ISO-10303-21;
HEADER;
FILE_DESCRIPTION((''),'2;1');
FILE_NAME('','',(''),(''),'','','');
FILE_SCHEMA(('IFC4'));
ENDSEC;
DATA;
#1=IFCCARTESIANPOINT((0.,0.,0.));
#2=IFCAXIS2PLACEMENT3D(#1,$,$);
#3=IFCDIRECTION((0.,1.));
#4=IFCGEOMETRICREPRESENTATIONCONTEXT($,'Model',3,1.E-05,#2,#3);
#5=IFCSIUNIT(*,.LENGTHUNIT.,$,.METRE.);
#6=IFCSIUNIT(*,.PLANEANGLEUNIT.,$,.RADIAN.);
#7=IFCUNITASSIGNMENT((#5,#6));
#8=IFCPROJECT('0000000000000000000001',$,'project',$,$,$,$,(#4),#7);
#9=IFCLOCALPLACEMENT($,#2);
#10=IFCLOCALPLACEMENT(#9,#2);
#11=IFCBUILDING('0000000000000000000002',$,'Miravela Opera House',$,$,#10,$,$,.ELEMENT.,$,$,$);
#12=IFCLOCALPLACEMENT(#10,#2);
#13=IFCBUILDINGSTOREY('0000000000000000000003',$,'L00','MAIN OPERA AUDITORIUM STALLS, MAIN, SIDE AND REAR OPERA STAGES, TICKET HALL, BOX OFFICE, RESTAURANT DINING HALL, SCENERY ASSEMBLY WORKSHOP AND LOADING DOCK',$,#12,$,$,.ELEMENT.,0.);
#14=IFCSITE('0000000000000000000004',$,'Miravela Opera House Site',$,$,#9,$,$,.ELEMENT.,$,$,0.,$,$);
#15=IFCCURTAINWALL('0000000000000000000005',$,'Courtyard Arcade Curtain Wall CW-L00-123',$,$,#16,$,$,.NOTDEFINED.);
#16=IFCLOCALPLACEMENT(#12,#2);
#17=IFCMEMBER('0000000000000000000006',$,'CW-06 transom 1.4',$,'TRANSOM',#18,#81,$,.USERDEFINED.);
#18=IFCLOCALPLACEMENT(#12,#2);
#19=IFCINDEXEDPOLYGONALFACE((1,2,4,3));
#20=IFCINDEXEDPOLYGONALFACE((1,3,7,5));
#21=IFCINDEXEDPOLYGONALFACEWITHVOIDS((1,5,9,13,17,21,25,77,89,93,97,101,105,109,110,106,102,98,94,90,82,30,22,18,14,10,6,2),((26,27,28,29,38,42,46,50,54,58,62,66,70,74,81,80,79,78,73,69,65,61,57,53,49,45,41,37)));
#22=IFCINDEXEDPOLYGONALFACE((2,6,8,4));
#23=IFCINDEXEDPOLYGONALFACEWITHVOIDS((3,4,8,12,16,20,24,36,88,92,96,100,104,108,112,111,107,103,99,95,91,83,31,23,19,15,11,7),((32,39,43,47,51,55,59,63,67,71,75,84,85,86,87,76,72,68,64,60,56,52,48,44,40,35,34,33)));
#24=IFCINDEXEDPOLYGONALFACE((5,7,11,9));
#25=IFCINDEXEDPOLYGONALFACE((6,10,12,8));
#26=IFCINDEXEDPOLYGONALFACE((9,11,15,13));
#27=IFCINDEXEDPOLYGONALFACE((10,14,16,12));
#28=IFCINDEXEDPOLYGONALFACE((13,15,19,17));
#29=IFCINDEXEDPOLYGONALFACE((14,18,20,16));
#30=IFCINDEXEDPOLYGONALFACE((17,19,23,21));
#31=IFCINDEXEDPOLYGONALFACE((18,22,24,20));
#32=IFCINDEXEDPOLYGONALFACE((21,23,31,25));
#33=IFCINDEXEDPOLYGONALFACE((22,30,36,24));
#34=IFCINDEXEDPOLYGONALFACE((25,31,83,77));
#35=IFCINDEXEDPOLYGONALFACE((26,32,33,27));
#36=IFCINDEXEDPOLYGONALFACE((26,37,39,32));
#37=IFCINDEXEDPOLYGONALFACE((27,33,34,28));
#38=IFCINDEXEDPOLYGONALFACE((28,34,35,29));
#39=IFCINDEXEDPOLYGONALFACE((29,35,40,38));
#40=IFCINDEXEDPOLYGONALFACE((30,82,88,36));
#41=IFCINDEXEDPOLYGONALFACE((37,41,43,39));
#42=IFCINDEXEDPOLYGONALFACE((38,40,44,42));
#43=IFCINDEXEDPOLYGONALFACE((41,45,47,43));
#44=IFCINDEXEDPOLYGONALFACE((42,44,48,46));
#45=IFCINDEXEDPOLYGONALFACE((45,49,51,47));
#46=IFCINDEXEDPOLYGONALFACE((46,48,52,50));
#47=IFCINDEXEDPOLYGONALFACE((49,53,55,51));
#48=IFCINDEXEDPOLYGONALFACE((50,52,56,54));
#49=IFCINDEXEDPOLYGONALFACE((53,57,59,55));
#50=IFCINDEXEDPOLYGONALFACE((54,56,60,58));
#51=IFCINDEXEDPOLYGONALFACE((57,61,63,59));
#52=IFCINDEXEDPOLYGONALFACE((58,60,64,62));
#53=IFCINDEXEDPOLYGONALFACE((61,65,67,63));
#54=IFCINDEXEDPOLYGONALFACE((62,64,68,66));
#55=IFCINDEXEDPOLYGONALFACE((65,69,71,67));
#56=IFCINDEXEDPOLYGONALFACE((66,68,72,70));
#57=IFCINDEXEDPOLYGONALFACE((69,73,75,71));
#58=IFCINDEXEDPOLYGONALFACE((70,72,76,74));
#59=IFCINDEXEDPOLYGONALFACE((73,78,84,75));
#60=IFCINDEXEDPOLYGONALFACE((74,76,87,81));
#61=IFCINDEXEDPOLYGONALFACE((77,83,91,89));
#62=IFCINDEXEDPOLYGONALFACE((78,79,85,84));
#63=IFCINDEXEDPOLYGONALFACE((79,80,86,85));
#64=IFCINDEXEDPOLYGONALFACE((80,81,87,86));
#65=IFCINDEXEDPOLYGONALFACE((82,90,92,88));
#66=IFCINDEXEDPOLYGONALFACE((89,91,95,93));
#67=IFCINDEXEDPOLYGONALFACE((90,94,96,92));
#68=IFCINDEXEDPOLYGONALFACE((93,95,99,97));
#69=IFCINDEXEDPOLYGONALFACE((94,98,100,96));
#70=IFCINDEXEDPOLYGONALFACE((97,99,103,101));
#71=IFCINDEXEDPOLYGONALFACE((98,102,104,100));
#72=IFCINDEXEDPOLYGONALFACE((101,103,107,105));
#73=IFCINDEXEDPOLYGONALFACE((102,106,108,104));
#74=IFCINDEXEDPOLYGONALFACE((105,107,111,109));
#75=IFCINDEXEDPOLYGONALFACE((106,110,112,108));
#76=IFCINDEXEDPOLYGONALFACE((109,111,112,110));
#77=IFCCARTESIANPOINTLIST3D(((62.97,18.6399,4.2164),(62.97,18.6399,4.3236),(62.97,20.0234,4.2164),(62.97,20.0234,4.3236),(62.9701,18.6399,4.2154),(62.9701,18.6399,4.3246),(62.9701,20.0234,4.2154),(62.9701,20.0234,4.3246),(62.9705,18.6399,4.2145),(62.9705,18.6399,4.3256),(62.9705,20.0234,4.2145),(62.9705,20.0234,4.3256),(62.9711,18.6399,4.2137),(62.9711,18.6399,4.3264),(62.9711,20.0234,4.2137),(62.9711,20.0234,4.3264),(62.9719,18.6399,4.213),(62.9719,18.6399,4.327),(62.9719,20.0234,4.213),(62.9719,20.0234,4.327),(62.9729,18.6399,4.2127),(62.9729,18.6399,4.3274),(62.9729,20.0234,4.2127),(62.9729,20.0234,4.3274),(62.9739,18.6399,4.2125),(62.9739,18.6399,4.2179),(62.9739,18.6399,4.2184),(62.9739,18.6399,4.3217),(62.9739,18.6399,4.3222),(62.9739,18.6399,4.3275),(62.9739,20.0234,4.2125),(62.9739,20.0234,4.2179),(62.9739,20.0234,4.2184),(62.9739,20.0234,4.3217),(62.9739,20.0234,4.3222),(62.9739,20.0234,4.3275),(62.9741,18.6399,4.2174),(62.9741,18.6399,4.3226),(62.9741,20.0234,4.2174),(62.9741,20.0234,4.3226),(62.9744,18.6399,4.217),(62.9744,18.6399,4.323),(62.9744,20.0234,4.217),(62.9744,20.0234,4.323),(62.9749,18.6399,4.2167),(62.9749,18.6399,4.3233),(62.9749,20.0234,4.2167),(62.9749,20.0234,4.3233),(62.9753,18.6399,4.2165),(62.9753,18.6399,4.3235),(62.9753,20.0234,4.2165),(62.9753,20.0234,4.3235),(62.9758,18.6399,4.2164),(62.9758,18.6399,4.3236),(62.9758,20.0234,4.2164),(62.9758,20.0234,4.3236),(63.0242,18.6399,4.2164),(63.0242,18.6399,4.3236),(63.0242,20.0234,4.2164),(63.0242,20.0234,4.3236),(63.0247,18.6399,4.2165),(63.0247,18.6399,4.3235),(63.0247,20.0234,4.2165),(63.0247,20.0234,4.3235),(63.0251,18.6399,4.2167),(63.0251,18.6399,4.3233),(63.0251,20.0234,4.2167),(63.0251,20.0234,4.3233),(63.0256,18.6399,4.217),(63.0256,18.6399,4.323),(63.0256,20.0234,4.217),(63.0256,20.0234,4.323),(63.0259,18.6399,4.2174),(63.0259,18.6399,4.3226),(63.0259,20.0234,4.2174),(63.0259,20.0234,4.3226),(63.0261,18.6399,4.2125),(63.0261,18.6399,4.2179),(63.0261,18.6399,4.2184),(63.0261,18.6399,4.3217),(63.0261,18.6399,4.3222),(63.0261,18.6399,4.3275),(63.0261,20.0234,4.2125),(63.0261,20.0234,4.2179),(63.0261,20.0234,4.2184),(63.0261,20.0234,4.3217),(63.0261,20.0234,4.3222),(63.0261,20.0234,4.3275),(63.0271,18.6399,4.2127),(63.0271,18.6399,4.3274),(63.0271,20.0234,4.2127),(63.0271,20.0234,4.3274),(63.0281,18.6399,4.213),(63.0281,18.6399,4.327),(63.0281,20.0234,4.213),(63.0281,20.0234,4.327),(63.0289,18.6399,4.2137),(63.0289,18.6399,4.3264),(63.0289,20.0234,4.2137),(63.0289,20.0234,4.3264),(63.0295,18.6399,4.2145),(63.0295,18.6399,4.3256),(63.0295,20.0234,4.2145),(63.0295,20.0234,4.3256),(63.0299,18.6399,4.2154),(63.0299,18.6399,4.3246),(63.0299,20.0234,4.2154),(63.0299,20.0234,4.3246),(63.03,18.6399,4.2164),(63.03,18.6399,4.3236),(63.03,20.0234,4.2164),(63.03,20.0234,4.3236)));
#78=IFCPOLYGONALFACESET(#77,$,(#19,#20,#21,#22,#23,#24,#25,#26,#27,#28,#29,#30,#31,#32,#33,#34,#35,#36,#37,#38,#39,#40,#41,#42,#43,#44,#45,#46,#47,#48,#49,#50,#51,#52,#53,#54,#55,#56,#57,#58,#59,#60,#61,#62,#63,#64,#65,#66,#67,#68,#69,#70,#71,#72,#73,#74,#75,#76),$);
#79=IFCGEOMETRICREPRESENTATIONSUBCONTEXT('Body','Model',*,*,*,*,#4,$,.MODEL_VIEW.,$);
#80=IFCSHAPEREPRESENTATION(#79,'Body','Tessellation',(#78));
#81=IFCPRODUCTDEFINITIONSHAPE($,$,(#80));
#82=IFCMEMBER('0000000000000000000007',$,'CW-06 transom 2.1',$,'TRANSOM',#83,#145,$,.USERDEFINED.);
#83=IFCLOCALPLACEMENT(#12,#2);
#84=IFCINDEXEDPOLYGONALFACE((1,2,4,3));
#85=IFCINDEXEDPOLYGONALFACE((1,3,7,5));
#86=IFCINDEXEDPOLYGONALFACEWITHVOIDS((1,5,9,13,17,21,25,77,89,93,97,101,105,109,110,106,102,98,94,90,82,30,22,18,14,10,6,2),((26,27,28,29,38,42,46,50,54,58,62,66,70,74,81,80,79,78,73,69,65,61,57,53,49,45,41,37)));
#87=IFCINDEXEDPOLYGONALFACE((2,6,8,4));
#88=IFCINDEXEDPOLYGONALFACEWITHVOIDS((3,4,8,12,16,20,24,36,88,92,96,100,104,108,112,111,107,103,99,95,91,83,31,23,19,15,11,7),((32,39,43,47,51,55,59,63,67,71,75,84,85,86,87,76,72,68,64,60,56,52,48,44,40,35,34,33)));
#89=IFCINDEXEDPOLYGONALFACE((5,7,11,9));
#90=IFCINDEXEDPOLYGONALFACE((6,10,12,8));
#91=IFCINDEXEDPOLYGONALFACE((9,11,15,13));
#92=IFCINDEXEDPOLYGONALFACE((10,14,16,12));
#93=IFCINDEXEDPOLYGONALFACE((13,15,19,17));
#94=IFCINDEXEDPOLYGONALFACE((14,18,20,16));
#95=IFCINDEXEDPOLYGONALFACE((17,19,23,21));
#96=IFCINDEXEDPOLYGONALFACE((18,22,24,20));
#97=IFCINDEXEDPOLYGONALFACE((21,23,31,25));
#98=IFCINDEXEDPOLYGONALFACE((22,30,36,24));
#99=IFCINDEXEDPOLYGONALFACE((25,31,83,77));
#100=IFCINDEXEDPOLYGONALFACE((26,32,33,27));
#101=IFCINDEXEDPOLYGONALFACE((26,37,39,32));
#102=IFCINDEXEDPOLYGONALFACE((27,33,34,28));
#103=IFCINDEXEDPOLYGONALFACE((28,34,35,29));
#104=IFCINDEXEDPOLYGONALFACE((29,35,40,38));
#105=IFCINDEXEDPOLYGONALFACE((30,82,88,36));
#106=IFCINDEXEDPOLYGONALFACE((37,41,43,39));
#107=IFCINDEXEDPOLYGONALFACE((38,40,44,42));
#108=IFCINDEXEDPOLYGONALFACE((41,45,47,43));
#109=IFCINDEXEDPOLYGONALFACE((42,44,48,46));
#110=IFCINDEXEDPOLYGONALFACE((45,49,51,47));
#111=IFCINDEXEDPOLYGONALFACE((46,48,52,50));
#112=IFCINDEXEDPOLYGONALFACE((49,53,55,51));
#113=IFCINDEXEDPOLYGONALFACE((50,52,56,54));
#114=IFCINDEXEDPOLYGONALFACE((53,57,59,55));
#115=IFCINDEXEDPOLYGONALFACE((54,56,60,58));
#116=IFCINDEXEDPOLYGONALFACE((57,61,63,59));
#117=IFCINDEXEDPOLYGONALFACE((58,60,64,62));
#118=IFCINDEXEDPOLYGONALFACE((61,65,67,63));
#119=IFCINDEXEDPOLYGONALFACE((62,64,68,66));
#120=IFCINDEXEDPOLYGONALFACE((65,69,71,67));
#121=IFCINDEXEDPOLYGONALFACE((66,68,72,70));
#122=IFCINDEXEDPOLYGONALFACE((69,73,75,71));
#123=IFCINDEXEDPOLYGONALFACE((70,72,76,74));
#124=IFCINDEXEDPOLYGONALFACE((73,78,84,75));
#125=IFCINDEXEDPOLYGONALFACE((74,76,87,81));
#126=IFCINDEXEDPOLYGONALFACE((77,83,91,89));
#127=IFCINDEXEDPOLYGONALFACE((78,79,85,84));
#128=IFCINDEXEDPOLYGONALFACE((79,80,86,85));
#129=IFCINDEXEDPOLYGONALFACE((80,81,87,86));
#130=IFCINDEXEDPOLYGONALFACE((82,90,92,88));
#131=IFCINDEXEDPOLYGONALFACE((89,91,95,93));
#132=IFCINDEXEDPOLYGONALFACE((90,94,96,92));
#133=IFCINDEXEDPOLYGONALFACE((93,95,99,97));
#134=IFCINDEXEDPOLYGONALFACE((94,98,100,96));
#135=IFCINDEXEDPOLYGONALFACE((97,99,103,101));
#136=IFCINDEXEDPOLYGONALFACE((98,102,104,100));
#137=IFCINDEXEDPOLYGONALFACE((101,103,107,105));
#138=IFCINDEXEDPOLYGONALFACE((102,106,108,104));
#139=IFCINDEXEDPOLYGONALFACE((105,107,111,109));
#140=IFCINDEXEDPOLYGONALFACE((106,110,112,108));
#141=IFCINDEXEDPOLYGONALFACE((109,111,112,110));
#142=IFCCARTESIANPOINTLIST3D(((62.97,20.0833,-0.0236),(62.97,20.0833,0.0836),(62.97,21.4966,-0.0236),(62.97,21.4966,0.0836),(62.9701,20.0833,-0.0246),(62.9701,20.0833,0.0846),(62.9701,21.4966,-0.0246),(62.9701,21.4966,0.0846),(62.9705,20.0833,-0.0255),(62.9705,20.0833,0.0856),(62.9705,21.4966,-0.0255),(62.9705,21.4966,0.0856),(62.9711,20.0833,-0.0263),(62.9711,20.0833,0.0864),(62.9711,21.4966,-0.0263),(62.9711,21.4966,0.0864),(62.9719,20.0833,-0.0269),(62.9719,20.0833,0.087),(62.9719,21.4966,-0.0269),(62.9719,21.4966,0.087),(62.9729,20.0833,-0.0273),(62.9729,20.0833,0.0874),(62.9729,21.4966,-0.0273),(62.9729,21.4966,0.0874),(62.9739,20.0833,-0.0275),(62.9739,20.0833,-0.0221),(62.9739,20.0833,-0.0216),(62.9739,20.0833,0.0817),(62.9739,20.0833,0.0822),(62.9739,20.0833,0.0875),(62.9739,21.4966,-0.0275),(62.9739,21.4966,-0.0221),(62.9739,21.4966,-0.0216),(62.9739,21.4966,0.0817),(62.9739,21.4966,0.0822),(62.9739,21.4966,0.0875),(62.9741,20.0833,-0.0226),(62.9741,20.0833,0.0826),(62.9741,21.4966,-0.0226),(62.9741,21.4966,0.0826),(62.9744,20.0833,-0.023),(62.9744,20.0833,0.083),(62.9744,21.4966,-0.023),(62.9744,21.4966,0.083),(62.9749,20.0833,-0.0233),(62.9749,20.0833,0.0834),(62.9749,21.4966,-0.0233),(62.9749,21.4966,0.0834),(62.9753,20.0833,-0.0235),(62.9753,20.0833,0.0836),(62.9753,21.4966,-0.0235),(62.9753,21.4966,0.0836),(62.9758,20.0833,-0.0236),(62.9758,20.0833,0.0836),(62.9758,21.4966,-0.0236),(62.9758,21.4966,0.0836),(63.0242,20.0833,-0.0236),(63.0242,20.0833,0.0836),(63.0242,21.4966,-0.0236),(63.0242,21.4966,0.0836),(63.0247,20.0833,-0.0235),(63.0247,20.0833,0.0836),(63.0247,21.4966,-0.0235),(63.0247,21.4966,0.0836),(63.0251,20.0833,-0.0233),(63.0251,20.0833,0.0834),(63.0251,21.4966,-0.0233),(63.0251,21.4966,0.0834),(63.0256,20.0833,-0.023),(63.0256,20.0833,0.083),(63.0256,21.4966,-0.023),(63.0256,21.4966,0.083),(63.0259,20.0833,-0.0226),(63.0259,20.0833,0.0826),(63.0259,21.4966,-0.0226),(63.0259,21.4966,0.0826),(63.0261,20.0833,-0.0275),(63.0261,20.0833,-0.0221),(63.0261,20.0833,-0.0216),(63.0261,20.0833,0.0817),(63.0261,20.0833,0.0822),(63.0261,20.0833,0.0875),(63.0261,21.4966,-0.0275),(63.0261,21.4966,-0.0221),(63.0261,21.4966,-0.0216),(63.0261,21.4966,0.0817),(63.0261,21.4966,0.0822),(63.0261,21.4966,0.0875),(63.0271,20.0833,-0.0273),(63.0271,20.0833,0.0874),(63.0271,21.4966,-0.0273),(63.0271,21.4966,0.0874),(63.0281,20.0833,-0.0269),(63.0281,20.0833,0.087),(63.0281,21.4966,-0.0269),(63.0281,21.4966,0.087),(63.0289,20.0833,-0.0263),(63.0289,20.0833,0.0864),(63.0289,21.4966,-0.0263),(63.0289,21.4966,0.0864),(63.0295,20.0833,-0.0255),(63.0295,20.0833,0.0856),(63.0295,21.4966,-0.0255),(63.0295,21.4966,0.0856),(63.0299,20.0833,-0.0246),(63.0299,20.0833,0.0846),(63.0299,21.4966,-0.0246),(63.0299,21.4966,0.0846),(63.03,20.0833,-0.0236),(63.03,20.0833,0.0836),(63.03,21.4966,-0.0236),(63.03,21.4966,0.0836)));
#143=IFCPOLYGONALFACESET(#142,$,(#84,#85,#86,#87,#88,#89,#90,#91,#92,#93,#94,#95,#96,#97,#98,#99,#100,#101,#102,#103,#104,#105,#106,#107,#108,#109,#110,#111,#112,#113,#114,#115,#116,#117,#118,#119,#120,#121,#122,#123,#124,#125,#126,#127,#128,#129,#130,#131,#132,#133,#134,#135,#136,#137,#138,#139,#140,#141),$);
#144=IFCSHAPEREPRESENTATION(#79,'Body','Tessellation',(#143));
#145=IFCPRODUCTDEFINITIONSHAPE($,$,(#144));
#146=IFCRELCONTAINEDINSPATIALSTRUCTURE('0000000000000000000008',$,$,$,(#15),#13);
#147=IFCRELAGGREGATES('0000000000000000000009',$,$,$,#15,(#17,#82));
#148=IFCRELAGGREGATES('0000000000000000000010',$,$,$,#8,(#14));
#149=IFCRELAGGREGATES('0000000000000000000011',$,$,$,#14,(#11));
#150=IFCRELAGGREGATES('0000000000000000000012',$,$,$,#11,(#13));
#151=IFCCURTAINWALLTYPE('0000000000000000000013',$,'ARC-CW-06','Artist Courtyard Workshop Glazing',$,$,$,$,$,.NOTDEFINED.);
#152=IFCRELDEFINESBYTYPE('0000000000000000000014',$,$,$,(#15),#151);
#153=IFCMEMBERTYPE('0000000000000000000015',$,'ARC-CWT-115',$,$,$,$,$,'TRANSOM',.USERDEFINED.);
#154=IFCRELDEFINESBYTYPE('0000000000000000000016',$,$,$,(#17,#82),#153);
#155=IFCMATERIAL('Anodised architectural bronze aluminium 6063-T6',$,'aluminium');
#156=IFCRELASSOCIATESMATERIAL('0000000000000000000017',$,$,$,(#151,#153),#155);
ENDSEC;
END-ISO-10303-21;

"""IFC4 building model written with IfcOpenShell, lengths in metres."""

from ifc_helpers import new_model, si_unit, direction, frame, origin, origin_2d, place, context, subcontext, project, spatial, hollow_rectangle, extrude, material, material_profile, profile_set, type_object, element, aggregate, save


model = new_model("IFC4")

# Units and contexts
model_context = context("Model", 3, precision=1e-05, world=origin(), true_north=direction((0.0, 1.0)))
body_context = subcontext(model_context, "Body", "Model", "MODEL_VIEW")
ifc_project = project(units=[si_unit("LENGTHUNIT", "METRE"), si_unit("PLANEANGLEUNIT", "RADIAN")], contexts=[model_context])

# Site, building, storey
site_placement = place(None, origin())
site = spatial("IfcSite", under=ifc_project, at=site_placement, Name="Miravela Opera House Site", CompositionType="ELEMENT", RefElevation=0.0)
building_placement = place(site_placement, origin())
building = spatial("IfcBuilding", under=site, at=building_placement, Name="Miravela Opera House", CompositionType="ELEMENT")
storey_placement = place(building_placement, origin())
storey = spatial("IfcBuildingStorey", under=building, at=storey_placement, Name="L00", Description="MAIN OPERA AUDITORIUM STALLS, MAIN, SIDE AND REAR OPERA STAGES, TICKET HALL, BOX OFFICE, RESTAURANT DINING HALL, SCENERY ASSEMBLY WORKSHOP AND LOADING DOCK", CompositionType="ELEMENT", Elevation=0.0)

# Shared definitions
ifc_material_1 = material(Name="Anodised architectural bronze aluminium 6063-T6", Category="aluminium")
curtain_wall_type = type_object("IfcCurtainWallType", Name="ARC-CW-06", Description="Artist Courtyard Workshop Glazing", PredefinedType="NOTDEFINED", material=ifc_material_1)

# Curtain wall, members
curtain_wall_1_placement = place(storey_placement, origin())
curtain_wall_1 = element("IfcCurtainWall", 1, at=curtain_wall_1_placement, inside=storey, type_object=curtain_wall_type, Name="Courtyard Arcade Curtain Wall CW-L00-123", PredefinedType="NOTDEFINED")
ifc_material_profile_1 = material_profile(ifc_material_1, hollow_rectangle(XDim=0.0601, YDim=0.115, WallThickness=0.0039, InnerFilletRadius=0.002, OuterFilletRadius=0.0039, at=origin_2d()), Name="CWT-60X115")
ifc_profile_set_1 = profile_set([ifc_material_profile_1])
member_type_1 = type_object("IfcMemberType", Name="ARC-CWT-115", ElementType="TRANSOM", PredefinedType="USERDEFINED", material=ifc_profile_set_1)
member_1_placement = place(storey_placement, frame((63.0, 18.6399, 4.27), z_axis=(0.0, 1.0, 0.0), x_axis=(-1.0, 0.0, 0.0)))
member_1 = element("IfcMember", 2, at=member_1_placement, type_object=member_type_1, Name="CW-06 transom 1.4", ObjectType="TRANSOM", PredefinedType="USERDEFINED", context=body_context, shape_type="SweptSolid", body=[
    extrude(hollow_rectangle(XDim=0.0601, YDim=0.115, WallThickness=0.0039, InnerFilletRadius=0.002, OuterFilletRadius=0.0039, at=origin_2d()), origin(), (0.0, 0.0, 1.0), 1.3835),
])
member_2_placement = place(storey_placement, frame((63.0, 20.0833, 0.03), z_axis=(0.0, 1.0, 0.0), x_axis=(-1.0, 0.0, 0.0)))
member_2 = element("IfcMember", 3, at=member_2_placement, type_object=member_type_1, Name="CW-06 transom 2.1", ObjectType="TRANSOM", PredefinedType="USERDEFINED", context=body_context, shape_type="SweptSolid", body=[
    extrude(hollow_rectangle(XDim=0.0601, YDim=0.115, WallThickness=0.0039, InnerFilletRadius=0.002, OuterFilletRadius=0.0039, at=origin_2d()), origin(), (0.0, 0.0, 1.0), 1.4133),
])

aggregate(curtain_wall_1, [member_1, member_2])

save(model, "model.ifc")
